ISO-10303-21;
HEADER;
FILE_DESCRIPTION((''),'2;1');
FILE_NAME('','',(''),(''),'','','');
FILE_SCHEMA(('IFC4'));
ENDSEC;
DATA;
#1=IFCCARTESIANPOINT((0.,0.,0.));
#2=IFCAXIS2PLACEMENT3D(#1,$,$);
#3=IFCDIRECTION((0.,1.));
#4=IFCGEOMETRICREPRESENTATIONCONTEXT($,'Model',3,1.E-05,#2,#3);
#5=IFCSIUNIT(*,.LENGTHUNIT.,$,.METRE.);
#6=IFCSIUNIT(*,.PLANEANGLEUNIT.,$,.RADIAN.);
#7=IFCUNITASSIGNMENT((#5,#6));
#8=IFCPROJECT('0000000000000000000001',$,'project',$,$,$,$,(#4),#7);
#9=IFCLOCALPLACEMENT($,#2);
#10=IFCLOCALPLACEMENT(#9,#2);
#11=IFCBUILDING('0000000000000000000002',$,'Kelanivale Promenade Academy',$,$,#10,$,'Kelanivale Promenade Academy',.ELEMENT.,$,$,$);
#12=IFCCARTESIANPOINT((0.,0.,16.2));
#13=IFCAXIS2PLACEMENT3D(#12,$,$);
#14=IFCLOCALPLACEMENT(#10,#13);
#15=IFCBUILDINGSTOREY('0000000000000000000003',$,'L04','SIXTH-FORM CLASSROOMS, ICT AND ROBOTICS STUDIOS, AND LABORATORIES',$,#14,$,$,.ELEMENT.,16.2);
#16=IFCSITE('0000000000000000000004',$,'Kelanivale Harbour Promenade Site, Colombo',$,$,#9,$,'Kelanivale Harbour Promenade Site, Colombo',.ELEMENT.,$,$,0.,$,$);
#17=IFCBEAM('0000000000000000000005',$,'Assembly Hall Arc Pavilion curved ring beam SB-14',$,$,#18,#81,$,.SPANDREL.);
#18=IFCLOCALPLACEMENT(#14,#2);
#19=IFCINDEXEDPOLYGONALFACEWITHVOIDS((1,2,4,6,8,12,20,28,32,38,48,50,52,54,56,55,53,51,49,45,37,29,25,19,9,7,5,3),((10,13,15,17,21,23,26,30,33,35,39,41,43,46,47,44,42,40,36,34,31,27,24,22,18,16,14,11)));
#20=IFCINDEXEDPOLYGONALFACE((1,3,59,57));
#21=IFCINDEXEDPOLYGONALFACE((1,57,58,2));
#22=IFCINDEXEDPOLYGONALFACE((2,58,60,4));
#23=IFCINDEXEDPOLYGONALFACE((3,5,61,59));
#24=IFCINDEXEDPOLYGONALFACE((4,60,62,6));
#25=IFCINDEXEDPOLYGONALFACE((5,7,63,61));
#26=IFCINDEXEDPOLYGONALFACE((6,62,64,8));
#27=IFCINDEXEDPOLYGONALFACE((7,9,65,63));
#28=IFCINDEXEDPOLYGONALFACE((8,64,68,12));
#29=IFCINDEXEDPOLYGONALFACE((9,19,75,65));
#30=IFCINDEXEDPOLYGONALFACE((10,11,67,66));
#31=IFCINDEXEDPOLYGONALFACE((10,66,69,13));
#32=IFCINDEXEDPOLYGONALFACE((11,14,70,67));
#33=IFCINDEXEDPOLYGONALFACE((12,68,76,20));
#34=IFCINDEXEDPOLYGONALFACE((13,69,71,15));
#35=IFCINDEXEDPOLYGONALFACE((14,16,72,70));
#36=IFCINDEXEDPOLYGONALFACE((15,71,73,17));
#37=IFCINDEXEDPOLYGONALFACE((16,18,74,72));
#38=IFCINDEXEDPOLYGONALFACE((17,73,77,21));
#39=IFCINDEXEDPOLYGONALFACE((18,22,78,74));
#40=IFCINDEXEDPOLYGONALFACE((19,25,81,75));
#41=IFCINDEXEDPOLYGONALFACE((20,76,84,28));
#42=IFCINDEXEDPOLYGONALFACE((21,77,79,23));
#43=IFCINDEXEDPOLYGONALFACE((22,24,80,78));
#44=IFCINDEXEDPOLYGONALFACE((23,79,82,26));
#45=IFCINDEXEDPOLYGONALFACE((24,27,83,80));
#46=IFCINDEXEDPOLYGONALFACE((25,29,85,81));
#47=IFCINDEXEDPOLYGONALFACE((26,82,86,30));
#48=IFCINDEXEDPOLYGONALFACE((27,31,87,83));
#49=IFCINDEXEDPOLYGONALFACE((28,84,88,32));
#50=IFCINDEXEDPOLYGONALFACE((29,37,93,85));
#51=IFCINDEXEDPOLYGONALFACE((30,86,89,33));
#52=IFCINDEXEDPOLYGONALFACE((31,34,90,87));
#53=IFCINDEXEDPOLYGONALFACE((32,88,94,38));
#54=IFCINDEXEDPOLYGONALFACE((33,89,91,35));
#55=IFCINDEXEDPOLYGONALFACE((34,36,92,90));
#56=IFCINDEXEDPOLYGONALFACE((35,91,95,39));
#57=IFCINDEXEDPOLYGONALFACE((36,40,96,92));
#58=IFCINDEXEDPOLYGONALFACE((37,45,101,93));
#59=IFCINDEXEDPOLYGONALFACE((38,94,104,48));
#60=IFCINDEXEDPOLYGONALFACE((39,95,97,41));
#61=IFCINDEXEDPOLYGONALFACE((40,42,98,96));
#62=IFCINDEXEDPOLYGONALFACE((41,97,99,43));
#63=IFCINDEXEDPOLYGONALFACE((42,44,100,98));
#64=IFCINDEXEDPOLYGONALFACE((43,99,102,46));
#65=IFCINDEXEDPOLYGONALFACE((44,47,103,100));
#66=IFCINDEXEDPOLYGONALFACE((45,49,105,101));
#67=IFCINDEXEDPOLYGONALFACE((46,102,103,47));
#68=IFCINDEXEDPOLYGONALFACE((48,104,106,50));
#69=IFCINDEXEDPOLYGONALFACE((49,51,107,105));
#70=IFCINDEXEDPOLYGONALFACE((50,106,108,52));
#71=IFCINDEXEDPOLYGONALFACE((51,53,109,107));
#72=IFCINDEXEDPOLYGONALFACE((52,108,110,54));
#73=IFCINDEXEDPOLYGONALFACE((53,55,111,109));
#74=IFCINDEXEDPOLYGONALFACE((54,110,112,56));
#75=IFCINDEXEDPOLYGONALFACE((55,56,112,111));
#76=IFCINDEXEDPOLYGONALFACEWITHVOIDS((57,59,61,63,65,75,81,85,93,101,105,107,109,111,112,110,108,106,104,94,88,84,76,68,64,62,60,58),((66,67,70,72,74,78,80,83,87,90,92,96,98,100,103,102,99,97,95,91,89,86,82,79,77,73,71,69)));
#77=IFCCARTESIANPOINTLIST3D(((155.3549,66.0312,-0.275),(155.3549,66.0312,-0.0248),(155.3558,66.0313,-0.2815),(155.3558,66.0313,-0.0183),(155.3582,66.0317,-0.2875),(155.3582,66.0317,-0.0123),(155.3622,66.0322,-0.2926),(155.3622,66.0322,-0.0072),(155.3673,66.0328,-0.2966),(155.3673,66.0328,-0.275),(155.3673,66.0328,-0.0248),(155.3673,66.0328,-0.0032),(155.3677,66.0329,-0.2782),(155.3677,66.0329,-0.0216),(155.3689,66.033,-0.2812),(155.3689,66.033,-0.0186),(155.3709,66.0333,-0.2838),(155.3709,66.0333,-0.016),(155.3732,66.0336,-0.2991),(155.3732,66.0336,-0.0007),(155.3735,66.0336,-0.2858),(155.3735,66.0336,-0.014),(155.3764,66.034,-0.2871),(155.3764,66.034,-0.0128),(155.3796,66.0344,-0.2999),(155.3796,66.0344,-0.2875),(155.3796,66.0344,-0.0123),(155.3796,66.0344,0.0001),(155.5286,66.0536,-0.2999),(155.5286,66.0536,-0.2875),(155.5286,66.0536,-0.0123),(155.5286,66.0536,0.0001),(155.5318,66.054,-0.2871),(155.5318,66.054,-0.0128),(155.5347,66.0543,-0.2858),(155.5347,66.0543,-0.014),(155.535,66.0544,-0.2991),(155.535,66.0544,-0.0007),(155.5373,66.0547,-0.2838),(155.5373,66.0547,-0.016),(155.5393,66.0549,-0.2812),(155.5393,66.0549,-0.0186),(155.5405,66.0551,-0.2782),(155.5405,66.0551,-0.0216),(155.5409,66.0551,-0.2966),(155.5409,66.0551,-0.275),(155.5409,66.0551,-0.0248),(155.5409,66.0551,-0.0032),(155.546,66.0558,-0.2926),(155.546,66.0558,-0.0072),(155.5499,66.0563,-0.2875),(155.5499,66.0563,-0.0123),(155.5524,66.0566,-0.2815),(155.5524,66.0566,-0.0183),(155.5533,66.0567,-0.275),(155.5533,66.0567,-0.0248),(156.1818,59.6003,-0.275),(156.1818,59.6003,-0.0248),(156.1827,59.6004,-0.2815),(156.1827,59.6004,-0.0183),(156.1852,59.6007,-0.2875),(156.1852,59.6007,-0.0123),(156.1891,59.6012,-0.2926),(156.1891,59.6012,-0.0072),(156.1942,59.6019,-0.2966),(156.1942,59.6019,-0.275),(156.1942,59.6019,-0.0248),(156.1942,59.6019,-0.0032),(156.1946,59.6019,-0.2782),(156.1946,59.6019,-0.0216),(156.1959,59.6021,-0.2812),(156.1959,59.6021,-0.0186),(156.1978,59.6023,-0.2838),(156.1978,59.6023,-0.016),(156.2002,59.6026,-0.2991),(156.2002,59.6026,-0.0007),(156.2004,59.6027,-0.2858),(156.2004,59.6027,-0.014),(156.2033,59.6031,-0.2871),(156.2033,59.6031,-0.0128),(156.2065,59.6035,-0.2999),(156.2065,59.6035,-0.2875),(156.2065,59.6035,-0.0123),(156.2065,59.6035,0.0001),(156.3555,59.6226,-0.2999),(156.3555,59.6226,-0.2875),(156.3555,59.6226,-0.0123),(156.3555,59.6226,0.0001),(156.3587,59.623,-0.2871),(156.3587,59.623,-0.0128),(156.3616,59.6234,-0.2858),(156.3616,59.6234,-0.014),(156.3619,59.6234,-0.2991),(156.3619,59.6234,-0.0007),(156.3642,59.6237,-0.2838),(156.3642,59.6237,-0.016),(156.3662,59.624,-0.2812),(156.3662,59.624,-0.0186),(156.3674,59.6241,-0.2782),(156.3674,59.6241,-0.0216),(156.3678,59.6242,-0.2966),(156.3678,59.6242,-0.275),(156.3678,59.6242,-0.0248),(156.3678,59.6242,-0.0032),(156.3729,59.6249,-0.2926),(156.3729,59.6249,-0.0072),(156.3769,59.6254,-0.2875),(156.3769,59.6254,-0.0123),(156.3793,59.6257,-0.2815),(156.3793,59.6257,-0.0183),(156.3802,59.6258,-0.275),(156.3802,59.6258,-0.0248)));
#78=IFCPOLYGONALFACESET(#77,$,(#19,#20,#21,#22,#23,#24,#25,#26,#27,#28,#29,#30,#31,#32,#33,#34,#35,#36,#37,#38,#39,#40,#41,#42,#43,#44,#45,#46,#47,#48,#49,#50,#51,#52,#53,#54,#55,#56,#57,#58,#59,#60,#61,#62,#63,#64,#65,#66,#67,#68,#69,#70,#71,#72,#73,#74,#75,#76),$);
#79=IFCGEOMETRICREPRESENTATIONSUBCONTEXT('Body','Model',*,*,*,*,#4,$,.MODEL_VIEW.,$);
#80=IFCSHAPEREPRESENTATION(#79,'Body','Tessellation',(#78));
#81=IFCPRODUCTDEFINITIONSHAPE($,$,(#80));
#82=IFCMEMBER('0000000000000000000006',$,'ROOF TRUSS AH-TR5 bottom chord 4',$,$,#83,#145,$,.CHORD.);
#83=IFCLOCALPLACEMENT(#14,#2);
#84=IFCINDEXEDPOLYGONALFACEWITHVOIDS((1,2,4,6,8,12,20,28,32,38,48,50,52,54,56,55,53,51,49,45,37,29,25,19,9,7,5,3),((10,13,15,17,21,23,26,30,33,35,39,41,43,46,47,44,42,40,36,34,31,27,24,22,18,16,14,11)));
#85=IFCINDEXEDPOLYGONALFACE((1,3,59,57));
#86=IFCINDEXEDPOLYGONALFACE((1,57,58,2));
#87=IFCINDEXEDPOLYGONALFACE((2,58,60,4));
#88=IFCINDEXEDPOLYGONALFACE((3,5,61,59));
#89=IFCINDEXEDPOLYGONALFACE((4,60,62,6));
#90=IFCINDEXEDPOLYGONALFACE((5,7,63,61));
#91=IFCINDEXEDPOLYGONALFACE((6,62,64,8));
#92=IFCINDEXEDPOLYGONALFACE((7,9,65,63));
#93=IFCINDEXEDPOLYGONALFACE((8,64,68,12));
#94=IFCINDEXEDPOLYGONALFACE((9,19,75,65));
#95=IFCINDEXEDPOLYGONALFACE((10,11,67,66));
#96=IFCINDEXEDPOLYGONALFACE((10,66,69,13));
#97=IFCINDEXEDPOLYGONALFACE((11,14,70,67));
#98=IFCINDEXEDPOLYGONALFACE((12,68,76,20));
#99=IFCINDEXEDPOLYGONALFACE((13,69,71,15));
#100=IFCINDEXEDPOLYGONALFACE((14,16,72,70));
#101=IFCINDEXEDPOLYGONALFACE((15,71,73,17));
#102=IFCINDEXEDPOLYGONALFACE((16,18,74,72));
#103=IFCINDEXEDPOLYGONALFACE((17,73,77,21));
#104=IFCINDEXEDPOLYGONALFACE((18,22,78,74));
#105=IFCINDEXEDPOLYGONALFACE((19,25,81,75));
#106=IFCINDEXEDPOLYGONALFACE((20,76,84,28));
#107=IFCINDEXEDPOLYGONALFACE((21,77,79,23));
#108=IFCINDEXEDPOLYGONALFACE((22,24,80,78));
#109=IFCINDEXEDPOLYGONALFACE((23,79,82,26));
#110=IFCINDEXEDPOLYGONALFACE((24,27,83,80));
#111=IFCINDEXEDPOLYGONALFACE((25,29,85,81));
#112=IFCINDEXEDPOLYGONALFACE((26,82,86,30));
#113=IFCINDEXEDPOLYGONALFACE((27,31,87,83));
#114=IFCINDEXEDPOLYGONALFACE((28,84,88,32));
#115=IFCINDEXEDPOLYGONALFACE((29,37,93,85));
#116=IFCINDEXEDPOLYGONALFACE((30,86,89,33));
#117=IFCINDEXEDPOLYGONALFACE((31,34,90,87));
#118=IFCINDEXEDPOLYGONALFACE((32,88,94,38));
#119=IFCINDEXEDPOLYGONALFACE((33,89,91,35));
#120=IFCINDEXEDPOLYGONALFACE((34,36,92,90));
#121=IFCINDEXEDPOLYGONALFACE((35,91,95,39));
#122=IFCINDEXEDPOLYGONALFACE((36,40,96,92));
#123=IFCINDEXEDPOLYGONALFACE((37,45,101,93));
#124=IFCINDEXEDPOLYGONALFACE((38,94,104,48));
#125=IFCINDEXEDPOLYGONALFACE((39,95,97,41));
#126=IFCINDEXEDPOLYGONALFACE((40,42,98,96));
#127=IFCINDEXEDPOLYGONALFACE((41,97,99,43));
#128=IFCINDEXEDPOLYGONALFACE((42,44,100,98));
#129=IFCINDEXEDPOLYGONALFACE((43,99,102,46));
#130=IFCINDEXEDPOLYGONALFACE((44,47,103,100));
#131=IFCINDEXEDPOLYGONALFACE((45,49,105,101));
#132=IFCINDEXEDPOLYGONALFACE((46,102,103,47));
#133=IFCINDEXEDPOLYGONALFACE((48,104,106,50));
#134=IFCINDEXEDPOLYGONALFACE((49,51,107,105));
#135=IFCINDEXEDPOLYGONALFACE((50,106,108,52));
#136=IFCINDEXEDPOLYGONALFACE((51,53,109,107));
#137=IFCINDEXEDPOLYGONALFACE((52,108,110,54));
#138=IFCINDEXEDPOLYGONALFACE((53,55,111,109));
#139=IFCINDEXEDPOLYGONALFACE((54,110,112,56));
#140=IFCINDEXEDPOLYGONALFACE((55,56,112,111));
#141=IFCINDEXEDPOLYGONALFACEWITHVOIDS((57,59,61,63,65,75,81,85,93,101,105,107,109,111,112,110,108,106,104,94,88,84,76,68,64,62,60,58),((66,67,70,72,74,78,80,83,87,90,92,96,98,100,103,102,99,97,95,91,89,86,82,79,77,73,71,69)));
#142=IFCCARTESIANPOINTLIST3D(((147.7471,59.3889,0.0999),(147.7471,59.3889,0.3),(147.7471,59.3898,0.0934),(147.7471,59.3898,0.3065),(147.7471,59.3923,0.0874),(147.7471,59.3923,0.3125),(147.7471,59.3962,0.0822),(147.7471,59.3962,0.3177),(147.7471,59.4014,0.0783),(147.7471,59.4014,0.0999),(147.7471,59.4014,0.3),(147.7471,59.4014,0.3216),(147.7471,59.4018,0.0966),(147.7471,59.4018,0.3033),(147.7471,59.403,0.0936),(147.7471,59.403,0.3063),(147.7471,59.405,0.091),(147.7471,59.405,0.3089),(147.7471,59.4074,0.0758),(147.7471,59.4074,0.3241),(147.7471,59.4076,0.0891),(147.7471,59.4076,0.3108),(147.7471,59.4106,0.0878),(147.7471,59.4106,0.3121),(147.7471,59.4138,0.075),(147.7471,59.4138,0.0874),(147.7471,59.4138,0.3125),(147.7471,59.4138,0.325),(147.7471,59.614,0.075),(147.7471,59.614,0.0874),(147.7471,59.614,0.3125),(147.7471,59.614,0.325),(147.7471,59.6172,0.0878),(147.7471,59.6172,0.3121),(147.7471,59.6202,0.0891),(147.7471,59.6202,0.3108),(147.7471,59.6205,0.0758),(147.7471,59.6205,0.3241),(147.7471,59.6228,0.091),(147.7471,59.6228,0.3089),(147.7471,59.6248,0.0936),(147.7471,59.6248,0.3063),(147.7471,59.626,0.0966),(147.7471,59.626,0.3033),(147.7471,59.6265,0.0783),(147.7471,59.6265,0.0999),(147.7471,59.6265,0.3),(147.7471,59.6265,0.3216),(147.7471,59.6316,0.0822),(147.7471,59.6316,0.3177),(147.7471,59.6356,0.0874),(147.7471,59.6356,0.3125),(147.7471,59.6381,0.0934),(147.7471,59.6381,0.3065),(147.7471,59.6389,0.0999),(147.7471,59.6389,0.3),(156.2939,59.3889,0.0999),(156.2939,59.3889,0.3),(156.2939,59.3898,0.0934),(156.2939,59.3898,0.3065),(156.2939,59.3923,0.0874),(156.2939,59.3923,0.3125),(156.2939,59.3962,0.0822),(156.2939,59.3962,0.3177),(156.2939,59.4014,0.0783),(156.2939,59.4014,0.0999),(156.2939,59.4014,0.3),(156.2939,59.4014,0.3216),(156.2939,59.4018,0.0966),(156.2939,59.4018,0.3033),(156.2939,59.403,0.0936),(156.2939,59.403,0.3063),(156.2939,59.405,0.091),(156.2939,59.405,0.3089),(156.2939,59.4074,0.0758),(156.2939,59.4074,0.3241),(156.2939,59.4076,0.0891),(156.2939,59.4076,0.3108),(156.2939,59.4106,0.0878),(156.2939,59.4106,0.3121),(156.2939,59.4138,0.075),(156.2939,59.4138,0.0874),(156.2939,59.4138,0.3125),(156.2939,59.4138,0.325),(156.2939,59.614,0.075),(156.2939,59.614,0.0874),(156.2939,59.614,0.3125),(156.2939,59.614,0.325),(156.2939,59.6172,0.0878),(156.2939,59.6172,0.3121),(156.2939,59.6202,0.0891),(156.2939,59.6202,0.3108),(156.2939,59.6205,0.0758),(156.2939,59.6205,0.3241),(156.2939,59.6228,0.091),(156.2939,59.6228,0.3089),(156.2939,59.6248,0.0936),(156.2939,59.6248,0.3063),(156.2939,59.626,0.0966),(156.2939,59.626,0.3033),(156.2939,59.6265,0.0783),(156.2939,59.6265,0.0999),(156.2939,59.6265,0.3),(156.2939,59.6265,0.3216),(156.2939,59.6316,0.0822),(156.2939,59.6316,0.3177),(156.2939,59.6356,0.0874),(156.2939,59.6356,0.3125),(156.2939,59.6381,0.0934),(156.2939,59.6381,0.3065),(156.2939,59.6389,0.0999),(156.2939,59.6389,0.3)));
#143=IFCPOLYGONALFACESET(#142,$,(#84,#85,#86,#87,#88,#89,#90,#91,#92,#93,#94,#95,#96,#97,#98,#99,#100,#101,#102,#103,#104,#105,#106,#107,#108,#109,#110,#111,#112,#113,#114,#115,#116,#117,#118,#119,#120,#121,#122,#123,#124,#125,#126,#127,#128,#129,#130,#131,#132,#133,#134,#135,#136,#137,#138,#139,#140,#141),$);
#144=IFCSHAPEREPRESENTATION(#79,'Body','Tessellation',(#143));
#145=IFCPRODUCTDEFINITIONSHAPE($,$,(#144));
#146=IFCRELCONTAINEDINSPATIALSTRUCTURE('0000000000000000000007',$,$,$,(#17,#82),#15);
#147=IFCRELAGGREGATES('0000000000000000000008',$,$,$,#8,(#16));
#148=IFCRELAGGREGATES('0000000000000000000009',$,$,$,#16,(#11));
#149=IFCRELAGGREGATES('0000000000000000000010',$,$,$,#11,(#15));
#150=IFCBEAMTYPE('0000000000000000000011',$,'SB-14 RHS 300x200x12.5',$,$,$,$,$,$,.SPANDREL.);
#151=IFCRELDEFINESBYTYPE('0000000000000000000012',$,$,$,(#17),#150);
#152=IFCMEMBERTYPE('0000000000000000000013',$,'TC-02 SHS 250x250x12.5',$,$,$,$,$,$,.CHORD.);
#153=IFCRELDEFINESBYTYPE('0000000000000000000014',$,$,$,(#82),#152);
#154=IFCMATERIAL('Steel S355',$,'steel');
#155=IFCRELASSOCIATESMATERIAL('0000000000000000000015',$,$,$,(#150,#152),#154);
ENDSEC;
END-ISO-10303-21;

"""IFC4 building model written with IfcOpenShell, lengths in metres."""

from ifc_helpers import new_model, si_unit, direction, frame, origin, origin_2d, place, context, subcontext, project, spatial, hollow_rectangle, extrude, material, material_profile, profile_set, type_object, element, save


model = new_model("IFC4")

# Units and contexts
model_context = context("Model", 3, precision=1e-05, world=origin(), true_north=direction((0.0, 1.0)))
body_context = subcontext(model_context, "Body", "Model", "MODEL_VIEW")
ifc_project = project(units=[si_unit("LENGTHUNIT", "METRE"), si_unit("PLANEANGLEUNIT", "RADIAN")], contexts=[model_context])

# Site, building, storey
site_placement = place(None, origin())
site = spatial("IfcSite", under=ifc_project, at=site_placement, Name="Kelanivale Harbour Promenade Site, Colombo", LongName="Kelanivale Harbour Promenade Site, Colombo", CompositionType="ELEMENT", RefElevation=0.0)
building_placement = place(site_placement, origin())
building = spatial("IfcBuilding", under=site, at=building_placement, Name="Kelanivale Promenade Academy", LongName="Kelanivale Promenade Academy", CompositionType="ELEMENT")
storey_placement = place(building_placement, frame((0.0, 0.0, 16.2)))
storey = spatial("IfcBuildingStorey", under=building, at=storey_placement, Name="L04", Description="SIXTH-FORM CLASSROOMS, ICT AND ROBOTICS STUDIOS, AND LABORATORIES", CompositionType="ELEMENT", Elevation=16.2)

# Shared definitions
ifc_material_1 = material(Name="Steel S355", Category="steel")

# Beam
ifc_material_profile_1 = material_profile(ifc_material_1, hollow_rectangle(XDim=0.2, YDim=0.3, WallThickness=0.0125, InnerFilletRadius=0.0125, OuterFilletRadius=0.0249, at=origin_2d()), Name="RHS 300x200x12.5")
ifc_profile_set_1 = profile_set([ifc_material_profile_1], Name="Steel S355")
beam_type = type_object("IfcBeamType", Name="SB-14 RHS 300x200x12.5", PredefinedType="SPANDREL", material=ifc_profile_set_1)
beam_1_placement = place(storey_placement, frame((156.281, 59.613, -0.1499), z_axis=(-0.127533, 0.991834, 0.0), x_axis=(-0.991834, -0.127533, 0.0)))
element("IfcBeam", 1, at=beam_1_placement, inside=storey, type_object=beam_type, Name="Assembly Hall Arc Pavilion curved ring beam SB-14", PredefinedType="SPANDREL", context=body_context, shape_type="SweptSolid", body=[
    extrude(hollow_rectangle(XDim=0.2, YDim=0.3, WallThickness=0.0125, InnerFilletRadius=0.0125, OuterFilletRadius=0.0249, at=origin_2d()), origin(), (0.0, 0.0, 1.0), 6.4839),
])

# Member
ifc_material_profile_2 = material_profile(ifc_material_1, hollow_rectangle(XDim=0.25, YDim=0.25, WallThickness=0.0125, InnerFilletRadius=0.0125, OuterFilletRadius=0.0249, at=origin_2d()), Name="SHS 250x250x12.5")
ifc_profile_set_2 = profile_set([ifc_material_profile_2], Name="Steel S355")
member_type_1 = type_object("IfcMemberType", Name="TC-02 SHS 250x250x12.5", PredefinedType="CHORD", material=ifc_profile_set_2)
member_1_placement = place(storey_placement, frame((147.7471, 59.5139, 0.2), z_axis=(1.0, 0.0, 0.0), x_axis=(0.0, 1.0, 0.0)))
element("IfcMember", 2, at=member_1_placement, inside=storey, type_object=member_type_1, Name="ROOF TRUSS AH-TR5 bottom chord 4", PredefinedType="CHORD", context=body_context, shape_type="SweptSolid", body=[
    extrude(hollow_rectangle(XDim=0.25, YDim=0.25, WallThickness=0.0125, InnerFilletRadius=0.0125, OuterFilletRadius=0.0249, at=origin_2d()), origin(), (0.0, 0.0, 1.0), 8.5469),
])

save(model, "model.ifc")
